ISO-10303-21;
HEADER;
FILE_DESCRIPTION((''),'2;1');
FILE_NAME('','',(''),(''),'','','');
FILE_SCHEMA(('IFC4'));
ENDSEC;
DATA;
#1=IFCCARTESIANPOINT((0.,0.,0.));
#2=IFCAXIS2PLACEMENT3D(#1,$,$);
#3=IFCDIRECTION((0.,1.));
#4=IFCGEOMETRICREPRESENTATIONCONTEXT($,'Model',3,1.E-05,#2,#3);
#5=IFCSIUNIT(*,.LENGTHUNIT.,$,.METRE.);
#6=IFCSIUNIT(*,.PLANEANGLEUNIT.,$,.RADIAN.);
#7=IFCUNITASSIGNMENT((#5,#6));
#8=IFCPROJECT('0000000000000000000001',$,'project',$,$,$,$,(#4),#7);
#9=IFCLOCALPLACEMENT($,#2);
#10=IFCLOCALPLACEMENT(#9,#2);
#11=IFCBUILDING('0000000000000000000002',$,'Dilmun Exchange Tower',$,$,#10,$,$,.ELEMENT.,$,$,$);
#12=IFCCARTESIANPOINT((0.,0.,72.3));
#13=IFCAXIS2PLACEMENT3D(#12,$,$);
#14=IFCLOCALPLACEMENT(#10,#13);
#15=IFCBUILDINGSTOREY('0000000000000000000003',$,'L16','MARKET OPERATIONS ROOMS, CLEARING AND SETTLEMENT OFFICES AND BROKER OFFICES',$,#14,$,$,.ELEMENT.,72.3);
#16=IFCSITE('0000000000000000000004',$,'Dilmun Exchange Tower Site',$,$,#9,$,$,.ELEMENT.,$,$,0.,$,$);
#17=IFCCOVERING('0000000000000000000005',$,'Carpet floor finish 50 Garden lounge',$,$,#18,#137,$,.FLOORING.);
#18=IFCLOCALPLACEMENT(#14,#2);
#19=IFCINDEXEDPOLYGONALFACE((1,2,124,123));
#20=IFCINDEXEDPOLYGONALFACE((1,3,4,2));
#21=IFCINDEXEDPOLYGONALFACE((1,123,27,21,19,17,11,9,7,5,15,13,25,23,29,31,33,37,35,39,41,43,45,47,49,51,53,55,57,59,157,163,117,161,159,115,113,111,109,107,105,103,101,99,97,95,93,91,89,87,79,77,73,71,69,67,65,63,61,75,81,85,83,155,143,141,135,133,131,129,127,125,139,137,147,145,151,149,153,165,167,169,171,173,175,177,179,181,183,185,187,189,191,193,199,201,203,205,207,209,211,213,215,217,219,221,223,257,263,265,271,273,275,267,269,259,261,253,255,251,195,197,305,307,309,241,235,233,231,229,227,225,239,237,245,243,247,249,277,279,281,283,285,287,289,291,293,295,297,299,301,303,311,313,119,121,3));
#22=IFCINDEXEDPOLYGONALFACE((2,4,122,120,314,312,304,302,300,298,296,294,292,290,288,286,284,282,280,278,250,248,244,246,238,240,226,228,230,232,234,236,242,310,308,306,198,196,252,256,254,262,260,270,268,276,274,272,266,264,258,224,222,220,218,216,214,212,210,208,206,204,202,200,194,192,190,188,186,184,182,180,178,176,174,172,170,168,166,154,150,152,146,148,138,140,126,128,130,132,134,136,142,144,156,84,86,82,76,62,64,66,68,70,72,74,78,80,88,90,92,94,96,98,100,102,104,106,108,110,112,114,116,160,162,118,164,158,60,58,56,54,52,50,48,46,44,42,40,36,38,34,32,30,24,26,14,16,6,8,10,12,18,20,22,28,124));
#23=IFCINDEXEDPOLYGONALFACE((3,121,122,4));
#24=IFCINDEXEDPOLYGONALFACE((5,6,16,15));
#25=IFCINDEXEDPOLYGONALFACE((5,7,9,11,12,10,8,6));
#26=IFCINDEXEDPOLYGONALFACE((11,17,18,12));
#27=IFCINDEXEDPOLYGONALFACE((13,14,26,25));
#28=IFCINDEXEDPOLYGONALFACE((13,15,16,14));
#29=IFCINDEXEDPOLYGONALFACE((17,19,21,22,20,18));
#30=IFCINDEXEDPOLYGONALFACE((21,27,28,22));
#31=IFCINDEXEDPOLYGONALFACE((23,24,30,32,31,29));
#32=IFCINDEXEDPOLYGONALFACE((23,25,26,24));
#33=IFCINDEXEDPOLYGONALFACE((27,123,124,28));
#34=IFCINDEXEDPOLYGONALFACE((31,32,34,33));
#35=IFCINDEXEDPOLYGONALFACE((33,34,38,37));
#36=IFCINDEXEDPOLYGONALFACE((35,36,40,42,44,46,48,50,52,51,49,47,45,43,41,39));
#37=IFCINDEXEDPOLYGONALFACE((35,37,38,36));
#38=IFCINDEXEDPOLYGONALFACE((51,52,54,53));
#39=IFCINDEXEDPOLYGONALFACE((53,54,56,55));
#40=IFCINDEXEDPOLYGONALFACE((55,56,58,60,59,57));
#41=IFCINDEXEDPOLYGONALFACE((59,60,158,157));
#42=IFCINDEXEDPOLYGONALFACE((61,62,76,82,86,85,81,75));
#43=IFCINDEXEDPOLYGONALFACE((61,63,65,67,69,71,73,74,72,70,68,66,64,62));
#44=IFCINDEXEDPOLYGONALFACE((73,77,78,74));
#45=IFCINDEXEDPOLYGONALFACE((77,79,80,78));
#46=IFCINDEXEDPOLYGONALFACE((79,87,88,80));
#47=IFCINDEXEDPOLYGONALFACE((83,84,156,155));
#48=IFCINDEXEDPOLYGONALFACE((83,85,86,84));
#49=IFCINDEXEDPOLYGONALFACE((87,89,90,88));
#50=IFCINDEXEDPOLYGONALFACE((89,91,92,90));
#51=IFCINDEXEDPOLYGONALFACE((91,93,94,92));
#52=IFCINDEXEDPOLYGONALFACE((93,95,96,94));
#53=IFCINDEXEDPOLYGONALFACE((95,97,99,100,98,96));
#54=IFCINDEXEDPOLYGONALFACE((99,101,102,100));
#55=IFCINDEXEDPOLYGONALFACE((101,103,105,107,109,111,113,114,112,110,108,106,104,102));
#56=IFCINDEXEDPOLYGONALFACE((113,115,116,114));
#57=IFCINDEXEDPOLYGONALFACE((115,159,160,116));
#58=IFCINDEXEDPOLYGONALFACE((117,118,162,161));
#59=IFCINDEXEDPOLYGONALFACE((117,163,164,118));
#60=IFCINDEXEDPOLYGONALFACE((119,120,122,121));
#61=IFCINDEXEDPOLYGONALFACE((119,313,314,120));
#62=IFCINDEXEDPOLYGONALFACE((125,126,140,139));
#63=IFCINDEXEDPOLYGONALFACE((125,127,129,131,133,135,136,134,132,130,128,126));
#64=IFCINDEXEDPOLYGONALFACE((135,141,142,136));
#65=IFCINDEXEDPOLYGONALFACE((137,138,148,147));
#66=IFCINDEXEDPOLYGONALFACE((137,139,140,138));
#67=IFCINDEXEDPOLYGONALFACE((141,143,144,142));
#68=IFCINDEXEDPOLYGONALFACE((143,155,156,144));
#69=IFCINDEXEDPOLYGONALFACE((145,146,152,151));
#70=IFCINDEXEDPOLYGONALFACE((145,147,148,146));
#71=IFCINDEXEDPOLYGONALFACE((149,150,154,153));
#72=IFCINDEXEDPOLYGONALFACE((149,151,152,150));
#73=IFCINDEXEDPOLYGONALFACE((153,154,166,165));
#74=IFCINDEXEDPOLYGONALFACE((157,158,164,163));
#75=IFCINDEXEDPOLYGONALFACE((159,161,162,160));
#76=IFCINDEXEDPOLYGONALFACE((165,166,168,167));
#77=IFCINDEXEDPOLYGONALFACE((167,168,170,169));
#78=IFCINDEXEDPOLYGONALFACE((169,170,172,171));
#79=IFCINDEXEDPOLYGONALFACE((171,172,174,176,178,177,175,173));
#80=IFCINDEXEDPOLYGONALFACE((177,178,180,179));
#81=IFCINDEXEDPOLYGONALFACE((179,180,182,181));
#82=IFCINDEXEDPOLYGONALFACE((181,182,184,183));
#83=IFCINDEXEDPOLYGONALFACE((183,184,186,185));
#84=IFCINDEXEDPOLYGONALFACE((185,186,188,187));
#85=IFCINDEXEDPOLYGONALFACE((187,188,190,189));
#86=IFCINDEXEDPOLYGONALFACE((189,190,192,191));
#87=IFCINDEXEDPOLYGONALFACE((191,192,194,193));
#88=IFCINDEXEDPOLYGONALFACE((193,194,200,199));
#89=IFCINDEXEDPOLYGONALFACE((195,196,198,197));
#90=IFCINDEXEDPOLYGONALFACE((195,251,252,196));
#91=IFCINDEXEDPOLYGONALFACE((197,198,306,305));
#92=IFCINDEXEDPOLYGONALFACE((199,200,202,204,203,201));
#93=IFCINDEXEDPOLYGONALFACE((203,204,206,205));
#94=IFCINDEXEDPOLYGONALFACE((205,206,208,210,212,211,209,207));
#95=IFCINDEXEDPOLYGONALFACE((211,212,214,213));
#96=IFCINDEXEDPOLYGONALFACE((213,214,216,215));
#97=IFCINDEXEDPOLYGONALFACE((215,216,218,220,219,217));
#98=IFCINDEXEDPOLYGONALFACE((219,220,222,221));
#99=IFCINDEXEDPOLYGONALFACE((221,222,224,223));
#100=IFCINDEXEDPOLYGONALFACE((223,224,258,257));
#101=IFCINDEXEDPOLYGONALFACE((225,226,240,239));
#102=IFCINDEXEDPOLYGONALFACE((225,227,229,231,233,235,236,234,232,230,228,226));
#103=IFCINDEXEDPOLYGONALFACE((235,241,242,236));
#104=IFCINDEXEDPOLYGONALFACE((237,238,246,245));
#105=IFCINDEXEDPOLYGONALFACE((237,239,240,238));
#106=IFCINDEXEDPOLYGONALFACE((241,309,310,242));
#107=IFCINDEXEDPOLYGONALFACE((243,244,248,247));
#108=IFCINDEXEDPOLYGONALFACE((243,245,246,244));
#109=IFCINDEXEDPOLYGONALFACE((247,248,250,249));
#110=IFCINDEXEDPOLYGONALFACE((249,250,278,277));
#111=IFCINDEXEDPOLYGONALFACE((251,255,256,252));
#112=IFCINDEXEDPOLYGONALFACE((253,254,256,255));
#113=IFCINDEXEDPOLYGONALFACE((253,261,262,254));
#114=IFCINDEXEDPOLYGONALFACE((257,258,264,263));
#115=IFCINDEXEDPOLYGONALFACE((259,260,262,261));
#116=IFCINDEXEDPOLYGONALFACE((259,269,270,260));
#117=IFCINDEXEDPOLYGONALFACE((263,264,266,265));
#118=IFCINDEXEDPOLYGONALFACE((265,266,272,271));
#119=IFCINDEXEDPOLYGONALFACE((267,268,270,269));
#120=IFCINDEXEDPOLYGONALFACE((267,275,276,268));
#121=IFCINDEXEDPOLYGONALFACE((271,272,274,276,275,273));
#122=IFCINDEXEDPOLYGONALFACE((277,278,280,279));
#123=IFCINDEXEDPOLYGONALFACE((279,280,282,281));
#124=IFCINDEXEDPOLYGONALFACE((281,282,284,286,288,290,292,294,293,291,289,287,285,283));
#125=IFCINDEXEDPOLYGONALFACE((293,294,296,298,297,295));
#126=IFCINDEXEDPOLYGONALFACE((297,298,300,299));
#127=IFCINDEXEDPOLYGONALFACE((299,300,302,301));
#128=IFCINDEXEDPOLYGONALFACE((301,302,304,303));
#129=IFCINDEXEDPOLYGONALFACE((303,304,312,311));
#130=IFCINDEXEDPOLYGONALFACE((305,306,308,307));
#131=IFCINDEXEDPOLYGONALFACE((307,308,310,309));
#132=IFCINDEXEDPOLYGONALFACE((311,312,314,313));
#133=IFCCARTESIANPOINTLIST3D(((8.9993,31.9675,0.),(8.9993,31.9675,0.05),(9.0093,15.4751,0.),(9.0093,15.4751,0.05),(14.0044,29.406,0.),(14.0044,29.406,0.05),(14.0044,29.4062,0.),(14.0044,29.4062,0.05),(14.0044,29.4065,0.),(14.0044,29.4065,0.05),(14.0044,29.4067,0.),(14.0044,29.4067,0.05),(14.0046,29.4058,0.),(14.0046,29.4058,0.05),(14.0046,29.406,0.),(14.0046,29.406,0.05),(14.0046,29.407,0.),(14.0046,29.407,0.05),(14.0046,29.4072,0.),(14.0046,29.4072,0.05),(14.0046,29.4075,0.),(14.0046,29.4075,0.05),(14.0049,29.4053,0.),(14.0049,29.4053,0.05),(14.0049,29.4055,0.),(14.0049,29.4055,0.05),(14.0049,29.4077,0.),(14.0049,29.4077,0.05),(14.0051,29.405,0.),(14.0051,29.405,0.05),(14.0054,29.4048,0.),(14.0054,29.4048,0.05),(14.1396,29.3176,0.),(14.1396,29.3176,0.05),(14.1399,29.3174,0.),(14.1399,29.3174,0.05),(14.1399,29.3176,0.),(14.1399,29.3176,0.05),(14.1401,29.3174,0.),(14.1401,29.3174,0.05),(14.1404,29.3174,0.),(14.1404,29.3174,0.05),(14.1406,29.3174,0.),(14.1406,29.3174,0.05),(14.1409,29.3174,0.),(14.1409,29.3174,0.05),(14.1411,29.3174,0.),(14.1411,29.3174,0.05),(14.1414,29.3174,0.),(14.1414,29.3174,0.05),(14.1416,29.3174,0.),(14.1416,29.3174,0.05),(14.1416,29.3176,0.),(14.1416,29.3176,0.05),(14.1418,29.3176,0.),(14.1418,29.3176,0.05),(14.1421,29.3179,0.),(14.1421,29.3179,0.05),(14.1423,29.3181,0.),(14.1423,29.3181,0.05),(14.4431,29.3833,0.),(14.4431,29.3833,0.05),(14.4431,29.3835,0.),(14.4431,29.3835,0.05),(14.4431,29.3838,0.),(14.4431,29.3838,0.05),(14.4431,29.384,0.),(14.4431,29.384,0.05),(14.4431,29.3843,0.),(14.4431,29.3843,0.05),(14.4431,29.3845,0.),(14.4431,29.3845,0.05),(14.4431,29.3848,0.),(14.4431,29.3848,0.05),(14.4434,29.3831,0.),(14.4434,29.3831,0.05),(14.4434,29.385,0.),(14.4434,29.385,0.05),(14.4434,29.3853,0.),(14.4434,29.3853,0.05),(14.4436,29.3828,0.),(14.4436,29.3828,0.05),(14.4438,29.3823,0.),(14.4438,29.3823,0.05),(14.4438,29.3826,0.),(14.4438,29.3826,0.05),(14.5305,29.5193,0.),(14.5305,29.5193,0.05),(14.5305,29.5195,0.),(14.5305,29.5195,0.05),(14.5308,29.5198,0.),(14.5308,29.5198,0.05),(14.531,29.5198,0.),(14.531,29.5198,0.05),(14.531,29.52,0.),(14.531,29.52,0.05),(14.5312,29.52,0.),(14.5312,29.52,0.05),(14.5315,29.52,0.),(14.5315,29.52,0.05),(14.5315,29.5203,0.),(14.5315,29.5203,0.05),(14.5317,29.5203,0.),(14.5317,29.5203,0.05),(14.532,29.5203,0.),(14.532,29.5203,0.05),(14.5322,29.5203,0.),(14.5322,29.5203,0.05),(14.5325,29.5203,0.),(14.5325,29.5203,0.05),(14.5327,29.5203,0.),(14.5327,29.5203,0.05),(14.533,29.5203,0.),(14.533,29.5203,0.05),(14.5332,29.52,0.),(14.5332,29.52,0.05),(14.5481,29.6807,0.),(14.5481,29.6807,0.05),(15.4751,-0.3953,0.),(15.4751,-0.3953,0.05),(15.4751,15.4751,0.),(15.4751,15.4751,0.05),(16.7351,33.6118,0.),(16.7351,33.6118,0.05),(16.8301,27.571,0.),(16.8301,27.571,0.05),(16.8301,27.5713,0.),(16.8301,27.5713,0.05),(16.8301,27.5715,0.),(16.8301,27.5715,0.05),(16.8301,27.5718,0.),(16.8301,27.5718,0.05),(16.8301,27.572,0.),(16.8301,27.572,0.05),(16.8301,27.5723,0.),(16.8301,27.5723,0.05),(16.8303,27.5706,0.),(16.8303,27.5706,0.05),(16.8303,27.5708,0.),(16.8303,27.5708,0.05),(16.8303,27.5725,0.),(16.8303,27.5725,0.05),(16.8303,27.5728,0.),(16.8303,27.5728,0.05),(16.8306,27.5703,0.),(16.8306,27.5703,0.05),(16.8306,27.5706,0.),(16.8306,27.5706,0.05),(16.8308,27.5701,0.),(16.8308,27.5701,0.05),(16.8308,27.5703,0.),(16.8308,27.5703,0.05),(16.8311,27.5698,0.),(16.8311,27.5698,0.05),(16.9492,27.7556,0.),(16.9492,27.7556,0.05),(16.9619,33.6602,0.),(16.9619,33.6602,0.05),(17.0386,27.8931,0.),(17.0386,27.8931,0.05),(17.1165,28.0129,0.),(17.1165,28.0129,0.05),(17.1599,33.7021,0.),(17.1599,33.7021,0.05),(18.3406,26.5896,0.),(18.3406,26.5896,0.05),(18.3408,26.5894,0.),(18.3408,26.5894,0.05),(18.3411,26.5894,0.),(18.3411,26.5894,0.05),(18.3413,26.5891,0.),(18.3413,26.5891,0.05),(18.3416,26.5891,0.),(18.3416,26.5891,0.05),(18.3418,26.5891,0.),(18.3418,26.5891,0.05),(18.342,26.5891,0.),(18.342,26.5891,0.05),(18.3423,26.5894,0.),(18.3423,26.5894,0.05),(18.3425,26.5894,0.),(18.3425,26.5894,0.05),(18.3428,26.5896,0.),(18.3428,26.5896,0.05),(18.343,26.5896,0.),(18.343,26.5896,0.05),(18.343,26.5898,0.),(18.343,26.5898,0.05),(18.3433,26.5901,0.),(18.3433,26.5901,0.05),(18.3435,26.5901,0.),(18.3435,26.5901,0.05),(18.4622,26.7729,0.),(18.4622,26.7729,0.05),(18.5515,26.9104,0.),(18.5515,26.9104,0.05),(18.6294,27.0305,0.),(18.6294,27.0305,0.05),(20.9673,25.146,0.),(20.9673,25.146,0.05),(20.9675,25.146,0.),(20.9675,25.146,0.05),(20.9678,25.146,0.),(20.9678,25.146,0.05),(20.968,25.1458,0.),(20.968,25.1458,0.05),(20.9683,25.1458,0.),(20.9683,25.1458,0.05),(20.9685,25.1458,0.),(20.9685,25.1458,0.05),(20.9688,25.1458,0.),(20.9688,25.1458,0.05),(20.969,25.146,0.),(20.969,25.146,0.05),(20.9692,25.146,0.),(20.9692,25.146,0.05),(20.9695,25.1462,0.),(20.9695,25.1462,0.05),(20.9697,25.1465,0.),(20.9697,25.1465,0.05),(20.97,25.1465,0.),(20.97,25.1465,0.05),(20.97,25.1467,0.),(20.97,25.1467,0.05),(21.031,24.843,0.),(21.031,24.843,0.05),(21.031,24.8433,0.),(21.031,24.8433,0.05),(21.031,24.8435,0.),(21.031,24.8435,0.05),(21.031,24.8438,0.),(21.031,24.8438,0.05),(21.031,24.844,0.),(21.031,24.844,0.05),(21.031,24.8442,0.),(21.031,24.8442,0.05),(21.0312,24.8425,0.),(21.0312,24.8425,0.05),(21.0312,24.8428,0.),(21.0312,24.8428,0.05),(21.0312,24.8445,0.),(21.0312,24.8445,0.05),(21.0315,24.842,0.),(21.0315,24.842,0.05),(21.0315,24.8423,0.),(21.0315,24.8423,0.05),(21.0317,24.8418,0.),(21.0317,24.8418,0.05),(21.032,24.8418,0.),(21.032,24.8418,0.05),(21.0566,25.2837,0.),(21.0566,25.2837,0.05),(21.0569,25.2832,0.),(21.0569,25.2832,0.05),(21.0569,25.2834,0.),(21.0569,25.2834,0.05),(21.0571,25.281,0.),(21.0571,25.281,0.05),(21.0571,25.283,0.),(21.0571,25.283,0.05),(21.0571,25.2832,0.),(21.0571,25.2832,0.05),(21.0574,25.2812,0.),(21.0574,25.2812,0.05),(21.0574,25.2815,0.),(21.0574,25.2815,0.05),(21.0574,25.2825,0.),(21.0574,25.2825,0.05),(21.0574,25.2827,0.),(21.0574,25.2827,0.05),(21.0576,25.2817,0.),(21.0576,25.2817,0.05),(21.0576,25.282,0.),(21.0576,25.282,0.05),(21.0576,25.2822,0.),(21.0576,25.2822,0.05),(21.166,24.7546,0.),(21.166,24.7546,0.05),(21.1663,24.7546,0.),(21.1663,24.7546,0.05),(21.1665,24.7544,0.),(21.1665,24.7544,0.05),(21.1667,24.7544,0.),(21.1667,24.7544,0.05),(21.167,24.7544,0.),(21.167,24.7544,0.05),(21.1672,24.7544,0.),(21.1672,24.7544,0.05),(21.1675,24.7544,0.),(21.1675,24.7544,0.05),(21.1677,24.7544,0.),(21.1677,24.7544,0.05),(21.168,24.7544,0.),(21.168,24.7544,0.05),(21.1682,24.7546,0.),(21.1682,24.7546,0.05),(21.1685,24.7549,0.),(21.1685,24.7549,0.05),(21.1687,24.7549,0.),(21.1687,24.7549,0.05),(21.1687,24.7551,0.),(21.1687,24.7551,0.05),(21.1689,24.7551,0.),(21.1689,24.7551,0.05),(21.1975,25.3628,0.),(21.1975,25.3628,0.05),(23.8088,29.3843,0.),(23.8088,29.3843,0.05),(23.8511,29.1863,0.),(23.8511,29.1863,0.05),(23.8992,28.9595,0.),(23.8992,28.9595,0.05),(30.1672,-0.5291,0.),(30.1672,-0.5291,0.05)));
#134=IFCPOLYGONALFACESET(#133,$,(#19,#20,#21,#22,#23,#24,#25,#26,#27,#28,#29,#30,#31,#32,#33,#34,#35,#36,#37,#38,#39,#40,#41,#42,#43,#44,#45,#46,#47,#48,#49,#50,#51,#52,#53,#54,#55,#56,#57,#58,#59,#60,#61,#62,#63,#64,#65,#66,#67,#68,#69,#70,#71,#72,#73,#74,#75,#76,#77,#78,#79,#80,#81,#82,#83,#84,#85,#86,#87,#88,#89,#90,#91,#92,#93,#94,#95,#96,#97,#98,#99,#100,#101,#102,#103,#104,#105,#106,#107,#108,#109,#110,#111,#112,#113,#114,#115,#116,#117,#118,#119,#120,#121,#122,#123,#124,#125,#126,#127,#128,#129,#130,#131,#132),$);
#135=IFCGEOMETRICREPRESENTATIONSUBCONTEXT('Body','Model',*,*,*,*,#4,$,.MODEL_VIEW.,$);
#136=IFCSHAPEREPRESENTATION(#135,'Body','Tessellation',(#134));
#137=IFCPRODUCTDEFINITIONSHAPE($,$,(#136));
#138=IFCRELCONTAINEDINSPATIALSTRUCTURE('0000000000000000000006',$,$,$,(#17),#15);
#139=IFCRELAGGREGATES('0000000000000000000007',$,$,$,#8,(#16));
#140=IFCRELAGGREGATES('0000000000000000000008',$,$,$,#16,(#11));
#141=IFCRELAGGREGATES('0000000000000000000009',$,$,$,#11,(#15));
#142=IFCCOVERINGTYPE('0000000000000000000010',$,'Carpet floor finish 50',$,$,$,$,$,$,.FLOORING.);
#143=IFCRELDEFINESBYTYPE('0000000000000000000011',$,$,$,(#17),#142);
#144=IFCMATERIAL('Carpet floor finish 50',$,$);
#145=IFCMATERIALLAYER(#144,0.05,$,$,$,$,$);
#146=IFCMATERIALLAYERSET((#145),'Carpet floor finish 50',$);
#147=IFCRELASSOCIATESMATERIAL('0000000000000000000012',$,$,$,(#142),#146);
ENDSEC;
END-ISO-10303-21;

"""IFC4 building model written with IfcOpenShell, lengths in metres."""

from ifc_helpers import new_model, si_unit, direction, frame, origin, place, context, subcontext, project, spatial, polyline, outline, extrude, material, layer, layer_set, type_object, element, save


model = new_model("IFC4")

# Units and contexts
model_context = context("Model", 3, precision=1e-05, world=origin(), true_north=direction((0.0, 1.0)))
body_context = subcontext(model_context, "Body", "Model", "MODEL_VIEW")
ifc_project = project(units=[si_unit("LENGTHUNIT", "METRE"), si_unit("PLANEANGLEUNIT", "RADIAN")], contexts=[model_context])

# Site, building, storey
site_placement = place(None, origin())
site = spatial("IfcSite", under=ifc_project, at=site_placement, Name="Dilmun Exchange Tower Site", CompositionType="ELEMENT", RefElevation=0.0)
building_placement = place(site_placement, origin())
building = spatial("IfcBuilding", under=site, at=building_placement, Name="Dilmun Exchange Tower", CompositionType="ELEMENT")
storey_placement = place(building_placement, frame((0.0, 0.0, 72.3)))
storey = spatial("IfcBuildingStorey", under=building, at=storey_placement, Name="L16", Description="MARKET OPERATIONS ROOMS, CLEARING AND SETTLEMENT OFFICES AND BROKER OFFICES", CompositionType="ELEMENT", Elevation=72.3)

# Covering
ifc_material_1 = material(Name="Carpet floor finish 50")
ifc_layer_1 = layer(ifc_material_1, 0.05)
ifc_layer_set_1 = layer_set([ifc_layer_1], Name="Carpet floor finish 50")
covering_type_1 = type_object("IfcCoveringType", Name="Carpet floor finish 50", PredefinedType="FLOORING", material=ifc_layer_set_1)
covering_1_placement = place(storey_placement, origin())
element("IfcCovering", 1, at=covering_1_placement, inside=storey, type_object=covering_type_1, Name="Carpet floor finish 50 Garden lounge", PredefinedType="FLOORING", context=body_context, shape_type="SweptSolid", body=[
    extrude(outline(polyline([(14.5481, 29.6807), (17.1165, 28.0129), (17.0386, 27.8931), (14.5332, 29.52), (14.5332, 29.52), (14.533, 29.5203), (14.5327, 29.5203), (14.5325, 29.5203), (14.5322, 29.5203), (14.532, 29.5203), (14.532, 29.5203), (14.5317, 29.5203), (14.5315, 29.5203), (14.5315, 29.52), (14.5312, 29.52), (14.531, 29.52), (14.531, 29.5198), (14.5308, 29.5198), (14.5305, 29.5195), (14.5305, 29.5193), (14.4434, 29.3853), (14.4434, 29.385), (14.4431, 29.3848), (14.4431, 29.3848), (14.4431, 29.3845), (14.4431, 29.3843), (14.4431, 29.384), (14.4431, 29.3838), (14.4431, 29.3838), (14.4431, 29.3835), (14.4431, 29.3833), (14.4434, 29.3831), (14.4434, 29.3831), (14.4436, 29.3828), (14.4436, 29.3828), (14.4438, 29.3826), (14.4438, 29.3823), (16.9492, 27.7556), (16.8303, 27.5728), (16.8303, 27.5725), (16.8301, 27.5723), (16.8301, 27.5723), (16.8301, 27.572), (16.8301, 27.5718), (16.8301, 27.5715), (16.8301, 27.5713), (16.8301, 27.5713), (16.8301, 27.571), (16.8303, 27.5708), (16.8303, 27.5706), (16.8306, 27.5706), (16.8306, 27.5703), (16.8308, 27.5703), (16.8308, 27.5701), (16.8311, 27.5698), (18.3406, 26.5896), (18.3408, 26.5894), (18.3411, 26.5894), (18.3411, 26.5894), (18.3413, 26.5891), (18.3416, 26.5891), (18.3418, 26.5891), (18.3418, 26.5891), (18.342, 26.5891), (18.3423, 26.5894), (18.3425, 26.5894), (18.3428, 26.5896), (18.3428, 26.5896), (18.343, 26.5896), (18.343, 26.5898), (18.3433, 26.5901), (18.3435, 26.5901), (18.4622, 26.7729), (20.9673, 25.146), (20.9673, 25.146), (20.9675, 25.146), (20.9678, 25.146), (20.968, 25.1458), (20.9683, 25.1458), (20.9685, 25.1458), (20.9685, 25.1458), (20.9688, 25.1458), (20.969, 25.146), (20.969, 25.146), (20.9692, 25.146), (20.9695, 25.1462), (20.9695, 25.1462), (20.9697, 25.1465), (20.97, 25.1465), (20.97, 25.1467), (21.0571, 25.281), (21.0571, 25.281), (21.0574, 25.2812), (21.0574, 25.2815), (21.0574, 25.2815), (21.0576, 25.2817), (21.0576, 25.282), (21.0576, 25.2822), (21.0574, 25.2825), (21.0574, 25.2827), (21.0574, 25.2827), (21.0571, 25.283), (21.0571, 25.2832), (21.0569, 25.2832), (21.0569, 25.2834), (21.0566, 25.2837), (21.0566, 25.2837), (18.5515, 26.9104), (18.6294, 27.0305), (21.1975, 25.3628), (23.8088, 29.3843), (23.8511, 29.1863), (21.0312, 24.8445), (21.0312, 24.8445), (21.031, 24.8442), (21.031, 24.844), (21.031, 24.8438), (21.031, 24.8435), (21.031, 24.8435), (21.031, 24.8433), (21.031, 24.843), (21.031, 24.843), (21.0312, 24.8428), (21.0312, 24.8425), (21.0315, 24.8423), (21.0315, 24.8423), (21.0315, 24.842), (21.0317, 24.8418), (21.032, 24.8418), (21.166, 24.7546), (21.1663, 24.7546), (21.1665, 24.7544), (21.1665, 24.7544), (21.1667, 24.7544), (21.167, 24.7544), (21.1672, 24.7544), (21.1675, 24.7544), (21.1675, 24.7544), (21.1677, 24.7544), (21.168, 24.7544), (21.1682, 24.7546), (21.1682, 24.7546), (21.1685, 24.7549), (21.1687, 24.7549), (21.1687, 24.7551), (21.1689, 24.7551), (23.8992, 28.9595), (30.1672, -0.5291), (15.4751, -0.3953), (15.4751, 15.4751), (9.0093, 15.4751), (8.9993, 31.9675), (16.7351, 33.6118), (14.0049, 29.4077), (14.0046, 29.4075), (14.0046, 29.4072), (14.0046, 29.407), (14.0044, 29.4067), (14.0044, 29.4065), (14.0044, 29.4065), (14.0044, 29.4062), (14.0044, 29.406), (14.0046, 29.406), (14.0046, 29.4058), (14.0049, 29.4055), (14.0049, 29.4053), (14.0049, 29.4053), (14.0051, 29.405), (14.0054, 29.4048), (14.0054, 29.4048), (14.1396, 29.3176), (14.1399, 29.3176), (14.1399, 29.3174), (14.1401, 29.3174), (14.1404, 29.3174), (14.1404, 29.3174), (14.1406, 29.3174), (14.1409, 29.3174), (14.1411, 29.3174), (14.1414, 29.3174), (14.1416, 29.3174), (14.1416, 29.3176), (14.1418, 29.3176), (14.1421, 29.3179), (14.1421, 29.3179), (14.1423, 29.3181), (14.1423, 29.3181), (16.9619, 33.6602), (17.1599, 33.7021), (14.5481, 29.6807)])), origin(), (0.0, 0.0, 1.0), 0.05),
])

save(model, "model.ifc")
